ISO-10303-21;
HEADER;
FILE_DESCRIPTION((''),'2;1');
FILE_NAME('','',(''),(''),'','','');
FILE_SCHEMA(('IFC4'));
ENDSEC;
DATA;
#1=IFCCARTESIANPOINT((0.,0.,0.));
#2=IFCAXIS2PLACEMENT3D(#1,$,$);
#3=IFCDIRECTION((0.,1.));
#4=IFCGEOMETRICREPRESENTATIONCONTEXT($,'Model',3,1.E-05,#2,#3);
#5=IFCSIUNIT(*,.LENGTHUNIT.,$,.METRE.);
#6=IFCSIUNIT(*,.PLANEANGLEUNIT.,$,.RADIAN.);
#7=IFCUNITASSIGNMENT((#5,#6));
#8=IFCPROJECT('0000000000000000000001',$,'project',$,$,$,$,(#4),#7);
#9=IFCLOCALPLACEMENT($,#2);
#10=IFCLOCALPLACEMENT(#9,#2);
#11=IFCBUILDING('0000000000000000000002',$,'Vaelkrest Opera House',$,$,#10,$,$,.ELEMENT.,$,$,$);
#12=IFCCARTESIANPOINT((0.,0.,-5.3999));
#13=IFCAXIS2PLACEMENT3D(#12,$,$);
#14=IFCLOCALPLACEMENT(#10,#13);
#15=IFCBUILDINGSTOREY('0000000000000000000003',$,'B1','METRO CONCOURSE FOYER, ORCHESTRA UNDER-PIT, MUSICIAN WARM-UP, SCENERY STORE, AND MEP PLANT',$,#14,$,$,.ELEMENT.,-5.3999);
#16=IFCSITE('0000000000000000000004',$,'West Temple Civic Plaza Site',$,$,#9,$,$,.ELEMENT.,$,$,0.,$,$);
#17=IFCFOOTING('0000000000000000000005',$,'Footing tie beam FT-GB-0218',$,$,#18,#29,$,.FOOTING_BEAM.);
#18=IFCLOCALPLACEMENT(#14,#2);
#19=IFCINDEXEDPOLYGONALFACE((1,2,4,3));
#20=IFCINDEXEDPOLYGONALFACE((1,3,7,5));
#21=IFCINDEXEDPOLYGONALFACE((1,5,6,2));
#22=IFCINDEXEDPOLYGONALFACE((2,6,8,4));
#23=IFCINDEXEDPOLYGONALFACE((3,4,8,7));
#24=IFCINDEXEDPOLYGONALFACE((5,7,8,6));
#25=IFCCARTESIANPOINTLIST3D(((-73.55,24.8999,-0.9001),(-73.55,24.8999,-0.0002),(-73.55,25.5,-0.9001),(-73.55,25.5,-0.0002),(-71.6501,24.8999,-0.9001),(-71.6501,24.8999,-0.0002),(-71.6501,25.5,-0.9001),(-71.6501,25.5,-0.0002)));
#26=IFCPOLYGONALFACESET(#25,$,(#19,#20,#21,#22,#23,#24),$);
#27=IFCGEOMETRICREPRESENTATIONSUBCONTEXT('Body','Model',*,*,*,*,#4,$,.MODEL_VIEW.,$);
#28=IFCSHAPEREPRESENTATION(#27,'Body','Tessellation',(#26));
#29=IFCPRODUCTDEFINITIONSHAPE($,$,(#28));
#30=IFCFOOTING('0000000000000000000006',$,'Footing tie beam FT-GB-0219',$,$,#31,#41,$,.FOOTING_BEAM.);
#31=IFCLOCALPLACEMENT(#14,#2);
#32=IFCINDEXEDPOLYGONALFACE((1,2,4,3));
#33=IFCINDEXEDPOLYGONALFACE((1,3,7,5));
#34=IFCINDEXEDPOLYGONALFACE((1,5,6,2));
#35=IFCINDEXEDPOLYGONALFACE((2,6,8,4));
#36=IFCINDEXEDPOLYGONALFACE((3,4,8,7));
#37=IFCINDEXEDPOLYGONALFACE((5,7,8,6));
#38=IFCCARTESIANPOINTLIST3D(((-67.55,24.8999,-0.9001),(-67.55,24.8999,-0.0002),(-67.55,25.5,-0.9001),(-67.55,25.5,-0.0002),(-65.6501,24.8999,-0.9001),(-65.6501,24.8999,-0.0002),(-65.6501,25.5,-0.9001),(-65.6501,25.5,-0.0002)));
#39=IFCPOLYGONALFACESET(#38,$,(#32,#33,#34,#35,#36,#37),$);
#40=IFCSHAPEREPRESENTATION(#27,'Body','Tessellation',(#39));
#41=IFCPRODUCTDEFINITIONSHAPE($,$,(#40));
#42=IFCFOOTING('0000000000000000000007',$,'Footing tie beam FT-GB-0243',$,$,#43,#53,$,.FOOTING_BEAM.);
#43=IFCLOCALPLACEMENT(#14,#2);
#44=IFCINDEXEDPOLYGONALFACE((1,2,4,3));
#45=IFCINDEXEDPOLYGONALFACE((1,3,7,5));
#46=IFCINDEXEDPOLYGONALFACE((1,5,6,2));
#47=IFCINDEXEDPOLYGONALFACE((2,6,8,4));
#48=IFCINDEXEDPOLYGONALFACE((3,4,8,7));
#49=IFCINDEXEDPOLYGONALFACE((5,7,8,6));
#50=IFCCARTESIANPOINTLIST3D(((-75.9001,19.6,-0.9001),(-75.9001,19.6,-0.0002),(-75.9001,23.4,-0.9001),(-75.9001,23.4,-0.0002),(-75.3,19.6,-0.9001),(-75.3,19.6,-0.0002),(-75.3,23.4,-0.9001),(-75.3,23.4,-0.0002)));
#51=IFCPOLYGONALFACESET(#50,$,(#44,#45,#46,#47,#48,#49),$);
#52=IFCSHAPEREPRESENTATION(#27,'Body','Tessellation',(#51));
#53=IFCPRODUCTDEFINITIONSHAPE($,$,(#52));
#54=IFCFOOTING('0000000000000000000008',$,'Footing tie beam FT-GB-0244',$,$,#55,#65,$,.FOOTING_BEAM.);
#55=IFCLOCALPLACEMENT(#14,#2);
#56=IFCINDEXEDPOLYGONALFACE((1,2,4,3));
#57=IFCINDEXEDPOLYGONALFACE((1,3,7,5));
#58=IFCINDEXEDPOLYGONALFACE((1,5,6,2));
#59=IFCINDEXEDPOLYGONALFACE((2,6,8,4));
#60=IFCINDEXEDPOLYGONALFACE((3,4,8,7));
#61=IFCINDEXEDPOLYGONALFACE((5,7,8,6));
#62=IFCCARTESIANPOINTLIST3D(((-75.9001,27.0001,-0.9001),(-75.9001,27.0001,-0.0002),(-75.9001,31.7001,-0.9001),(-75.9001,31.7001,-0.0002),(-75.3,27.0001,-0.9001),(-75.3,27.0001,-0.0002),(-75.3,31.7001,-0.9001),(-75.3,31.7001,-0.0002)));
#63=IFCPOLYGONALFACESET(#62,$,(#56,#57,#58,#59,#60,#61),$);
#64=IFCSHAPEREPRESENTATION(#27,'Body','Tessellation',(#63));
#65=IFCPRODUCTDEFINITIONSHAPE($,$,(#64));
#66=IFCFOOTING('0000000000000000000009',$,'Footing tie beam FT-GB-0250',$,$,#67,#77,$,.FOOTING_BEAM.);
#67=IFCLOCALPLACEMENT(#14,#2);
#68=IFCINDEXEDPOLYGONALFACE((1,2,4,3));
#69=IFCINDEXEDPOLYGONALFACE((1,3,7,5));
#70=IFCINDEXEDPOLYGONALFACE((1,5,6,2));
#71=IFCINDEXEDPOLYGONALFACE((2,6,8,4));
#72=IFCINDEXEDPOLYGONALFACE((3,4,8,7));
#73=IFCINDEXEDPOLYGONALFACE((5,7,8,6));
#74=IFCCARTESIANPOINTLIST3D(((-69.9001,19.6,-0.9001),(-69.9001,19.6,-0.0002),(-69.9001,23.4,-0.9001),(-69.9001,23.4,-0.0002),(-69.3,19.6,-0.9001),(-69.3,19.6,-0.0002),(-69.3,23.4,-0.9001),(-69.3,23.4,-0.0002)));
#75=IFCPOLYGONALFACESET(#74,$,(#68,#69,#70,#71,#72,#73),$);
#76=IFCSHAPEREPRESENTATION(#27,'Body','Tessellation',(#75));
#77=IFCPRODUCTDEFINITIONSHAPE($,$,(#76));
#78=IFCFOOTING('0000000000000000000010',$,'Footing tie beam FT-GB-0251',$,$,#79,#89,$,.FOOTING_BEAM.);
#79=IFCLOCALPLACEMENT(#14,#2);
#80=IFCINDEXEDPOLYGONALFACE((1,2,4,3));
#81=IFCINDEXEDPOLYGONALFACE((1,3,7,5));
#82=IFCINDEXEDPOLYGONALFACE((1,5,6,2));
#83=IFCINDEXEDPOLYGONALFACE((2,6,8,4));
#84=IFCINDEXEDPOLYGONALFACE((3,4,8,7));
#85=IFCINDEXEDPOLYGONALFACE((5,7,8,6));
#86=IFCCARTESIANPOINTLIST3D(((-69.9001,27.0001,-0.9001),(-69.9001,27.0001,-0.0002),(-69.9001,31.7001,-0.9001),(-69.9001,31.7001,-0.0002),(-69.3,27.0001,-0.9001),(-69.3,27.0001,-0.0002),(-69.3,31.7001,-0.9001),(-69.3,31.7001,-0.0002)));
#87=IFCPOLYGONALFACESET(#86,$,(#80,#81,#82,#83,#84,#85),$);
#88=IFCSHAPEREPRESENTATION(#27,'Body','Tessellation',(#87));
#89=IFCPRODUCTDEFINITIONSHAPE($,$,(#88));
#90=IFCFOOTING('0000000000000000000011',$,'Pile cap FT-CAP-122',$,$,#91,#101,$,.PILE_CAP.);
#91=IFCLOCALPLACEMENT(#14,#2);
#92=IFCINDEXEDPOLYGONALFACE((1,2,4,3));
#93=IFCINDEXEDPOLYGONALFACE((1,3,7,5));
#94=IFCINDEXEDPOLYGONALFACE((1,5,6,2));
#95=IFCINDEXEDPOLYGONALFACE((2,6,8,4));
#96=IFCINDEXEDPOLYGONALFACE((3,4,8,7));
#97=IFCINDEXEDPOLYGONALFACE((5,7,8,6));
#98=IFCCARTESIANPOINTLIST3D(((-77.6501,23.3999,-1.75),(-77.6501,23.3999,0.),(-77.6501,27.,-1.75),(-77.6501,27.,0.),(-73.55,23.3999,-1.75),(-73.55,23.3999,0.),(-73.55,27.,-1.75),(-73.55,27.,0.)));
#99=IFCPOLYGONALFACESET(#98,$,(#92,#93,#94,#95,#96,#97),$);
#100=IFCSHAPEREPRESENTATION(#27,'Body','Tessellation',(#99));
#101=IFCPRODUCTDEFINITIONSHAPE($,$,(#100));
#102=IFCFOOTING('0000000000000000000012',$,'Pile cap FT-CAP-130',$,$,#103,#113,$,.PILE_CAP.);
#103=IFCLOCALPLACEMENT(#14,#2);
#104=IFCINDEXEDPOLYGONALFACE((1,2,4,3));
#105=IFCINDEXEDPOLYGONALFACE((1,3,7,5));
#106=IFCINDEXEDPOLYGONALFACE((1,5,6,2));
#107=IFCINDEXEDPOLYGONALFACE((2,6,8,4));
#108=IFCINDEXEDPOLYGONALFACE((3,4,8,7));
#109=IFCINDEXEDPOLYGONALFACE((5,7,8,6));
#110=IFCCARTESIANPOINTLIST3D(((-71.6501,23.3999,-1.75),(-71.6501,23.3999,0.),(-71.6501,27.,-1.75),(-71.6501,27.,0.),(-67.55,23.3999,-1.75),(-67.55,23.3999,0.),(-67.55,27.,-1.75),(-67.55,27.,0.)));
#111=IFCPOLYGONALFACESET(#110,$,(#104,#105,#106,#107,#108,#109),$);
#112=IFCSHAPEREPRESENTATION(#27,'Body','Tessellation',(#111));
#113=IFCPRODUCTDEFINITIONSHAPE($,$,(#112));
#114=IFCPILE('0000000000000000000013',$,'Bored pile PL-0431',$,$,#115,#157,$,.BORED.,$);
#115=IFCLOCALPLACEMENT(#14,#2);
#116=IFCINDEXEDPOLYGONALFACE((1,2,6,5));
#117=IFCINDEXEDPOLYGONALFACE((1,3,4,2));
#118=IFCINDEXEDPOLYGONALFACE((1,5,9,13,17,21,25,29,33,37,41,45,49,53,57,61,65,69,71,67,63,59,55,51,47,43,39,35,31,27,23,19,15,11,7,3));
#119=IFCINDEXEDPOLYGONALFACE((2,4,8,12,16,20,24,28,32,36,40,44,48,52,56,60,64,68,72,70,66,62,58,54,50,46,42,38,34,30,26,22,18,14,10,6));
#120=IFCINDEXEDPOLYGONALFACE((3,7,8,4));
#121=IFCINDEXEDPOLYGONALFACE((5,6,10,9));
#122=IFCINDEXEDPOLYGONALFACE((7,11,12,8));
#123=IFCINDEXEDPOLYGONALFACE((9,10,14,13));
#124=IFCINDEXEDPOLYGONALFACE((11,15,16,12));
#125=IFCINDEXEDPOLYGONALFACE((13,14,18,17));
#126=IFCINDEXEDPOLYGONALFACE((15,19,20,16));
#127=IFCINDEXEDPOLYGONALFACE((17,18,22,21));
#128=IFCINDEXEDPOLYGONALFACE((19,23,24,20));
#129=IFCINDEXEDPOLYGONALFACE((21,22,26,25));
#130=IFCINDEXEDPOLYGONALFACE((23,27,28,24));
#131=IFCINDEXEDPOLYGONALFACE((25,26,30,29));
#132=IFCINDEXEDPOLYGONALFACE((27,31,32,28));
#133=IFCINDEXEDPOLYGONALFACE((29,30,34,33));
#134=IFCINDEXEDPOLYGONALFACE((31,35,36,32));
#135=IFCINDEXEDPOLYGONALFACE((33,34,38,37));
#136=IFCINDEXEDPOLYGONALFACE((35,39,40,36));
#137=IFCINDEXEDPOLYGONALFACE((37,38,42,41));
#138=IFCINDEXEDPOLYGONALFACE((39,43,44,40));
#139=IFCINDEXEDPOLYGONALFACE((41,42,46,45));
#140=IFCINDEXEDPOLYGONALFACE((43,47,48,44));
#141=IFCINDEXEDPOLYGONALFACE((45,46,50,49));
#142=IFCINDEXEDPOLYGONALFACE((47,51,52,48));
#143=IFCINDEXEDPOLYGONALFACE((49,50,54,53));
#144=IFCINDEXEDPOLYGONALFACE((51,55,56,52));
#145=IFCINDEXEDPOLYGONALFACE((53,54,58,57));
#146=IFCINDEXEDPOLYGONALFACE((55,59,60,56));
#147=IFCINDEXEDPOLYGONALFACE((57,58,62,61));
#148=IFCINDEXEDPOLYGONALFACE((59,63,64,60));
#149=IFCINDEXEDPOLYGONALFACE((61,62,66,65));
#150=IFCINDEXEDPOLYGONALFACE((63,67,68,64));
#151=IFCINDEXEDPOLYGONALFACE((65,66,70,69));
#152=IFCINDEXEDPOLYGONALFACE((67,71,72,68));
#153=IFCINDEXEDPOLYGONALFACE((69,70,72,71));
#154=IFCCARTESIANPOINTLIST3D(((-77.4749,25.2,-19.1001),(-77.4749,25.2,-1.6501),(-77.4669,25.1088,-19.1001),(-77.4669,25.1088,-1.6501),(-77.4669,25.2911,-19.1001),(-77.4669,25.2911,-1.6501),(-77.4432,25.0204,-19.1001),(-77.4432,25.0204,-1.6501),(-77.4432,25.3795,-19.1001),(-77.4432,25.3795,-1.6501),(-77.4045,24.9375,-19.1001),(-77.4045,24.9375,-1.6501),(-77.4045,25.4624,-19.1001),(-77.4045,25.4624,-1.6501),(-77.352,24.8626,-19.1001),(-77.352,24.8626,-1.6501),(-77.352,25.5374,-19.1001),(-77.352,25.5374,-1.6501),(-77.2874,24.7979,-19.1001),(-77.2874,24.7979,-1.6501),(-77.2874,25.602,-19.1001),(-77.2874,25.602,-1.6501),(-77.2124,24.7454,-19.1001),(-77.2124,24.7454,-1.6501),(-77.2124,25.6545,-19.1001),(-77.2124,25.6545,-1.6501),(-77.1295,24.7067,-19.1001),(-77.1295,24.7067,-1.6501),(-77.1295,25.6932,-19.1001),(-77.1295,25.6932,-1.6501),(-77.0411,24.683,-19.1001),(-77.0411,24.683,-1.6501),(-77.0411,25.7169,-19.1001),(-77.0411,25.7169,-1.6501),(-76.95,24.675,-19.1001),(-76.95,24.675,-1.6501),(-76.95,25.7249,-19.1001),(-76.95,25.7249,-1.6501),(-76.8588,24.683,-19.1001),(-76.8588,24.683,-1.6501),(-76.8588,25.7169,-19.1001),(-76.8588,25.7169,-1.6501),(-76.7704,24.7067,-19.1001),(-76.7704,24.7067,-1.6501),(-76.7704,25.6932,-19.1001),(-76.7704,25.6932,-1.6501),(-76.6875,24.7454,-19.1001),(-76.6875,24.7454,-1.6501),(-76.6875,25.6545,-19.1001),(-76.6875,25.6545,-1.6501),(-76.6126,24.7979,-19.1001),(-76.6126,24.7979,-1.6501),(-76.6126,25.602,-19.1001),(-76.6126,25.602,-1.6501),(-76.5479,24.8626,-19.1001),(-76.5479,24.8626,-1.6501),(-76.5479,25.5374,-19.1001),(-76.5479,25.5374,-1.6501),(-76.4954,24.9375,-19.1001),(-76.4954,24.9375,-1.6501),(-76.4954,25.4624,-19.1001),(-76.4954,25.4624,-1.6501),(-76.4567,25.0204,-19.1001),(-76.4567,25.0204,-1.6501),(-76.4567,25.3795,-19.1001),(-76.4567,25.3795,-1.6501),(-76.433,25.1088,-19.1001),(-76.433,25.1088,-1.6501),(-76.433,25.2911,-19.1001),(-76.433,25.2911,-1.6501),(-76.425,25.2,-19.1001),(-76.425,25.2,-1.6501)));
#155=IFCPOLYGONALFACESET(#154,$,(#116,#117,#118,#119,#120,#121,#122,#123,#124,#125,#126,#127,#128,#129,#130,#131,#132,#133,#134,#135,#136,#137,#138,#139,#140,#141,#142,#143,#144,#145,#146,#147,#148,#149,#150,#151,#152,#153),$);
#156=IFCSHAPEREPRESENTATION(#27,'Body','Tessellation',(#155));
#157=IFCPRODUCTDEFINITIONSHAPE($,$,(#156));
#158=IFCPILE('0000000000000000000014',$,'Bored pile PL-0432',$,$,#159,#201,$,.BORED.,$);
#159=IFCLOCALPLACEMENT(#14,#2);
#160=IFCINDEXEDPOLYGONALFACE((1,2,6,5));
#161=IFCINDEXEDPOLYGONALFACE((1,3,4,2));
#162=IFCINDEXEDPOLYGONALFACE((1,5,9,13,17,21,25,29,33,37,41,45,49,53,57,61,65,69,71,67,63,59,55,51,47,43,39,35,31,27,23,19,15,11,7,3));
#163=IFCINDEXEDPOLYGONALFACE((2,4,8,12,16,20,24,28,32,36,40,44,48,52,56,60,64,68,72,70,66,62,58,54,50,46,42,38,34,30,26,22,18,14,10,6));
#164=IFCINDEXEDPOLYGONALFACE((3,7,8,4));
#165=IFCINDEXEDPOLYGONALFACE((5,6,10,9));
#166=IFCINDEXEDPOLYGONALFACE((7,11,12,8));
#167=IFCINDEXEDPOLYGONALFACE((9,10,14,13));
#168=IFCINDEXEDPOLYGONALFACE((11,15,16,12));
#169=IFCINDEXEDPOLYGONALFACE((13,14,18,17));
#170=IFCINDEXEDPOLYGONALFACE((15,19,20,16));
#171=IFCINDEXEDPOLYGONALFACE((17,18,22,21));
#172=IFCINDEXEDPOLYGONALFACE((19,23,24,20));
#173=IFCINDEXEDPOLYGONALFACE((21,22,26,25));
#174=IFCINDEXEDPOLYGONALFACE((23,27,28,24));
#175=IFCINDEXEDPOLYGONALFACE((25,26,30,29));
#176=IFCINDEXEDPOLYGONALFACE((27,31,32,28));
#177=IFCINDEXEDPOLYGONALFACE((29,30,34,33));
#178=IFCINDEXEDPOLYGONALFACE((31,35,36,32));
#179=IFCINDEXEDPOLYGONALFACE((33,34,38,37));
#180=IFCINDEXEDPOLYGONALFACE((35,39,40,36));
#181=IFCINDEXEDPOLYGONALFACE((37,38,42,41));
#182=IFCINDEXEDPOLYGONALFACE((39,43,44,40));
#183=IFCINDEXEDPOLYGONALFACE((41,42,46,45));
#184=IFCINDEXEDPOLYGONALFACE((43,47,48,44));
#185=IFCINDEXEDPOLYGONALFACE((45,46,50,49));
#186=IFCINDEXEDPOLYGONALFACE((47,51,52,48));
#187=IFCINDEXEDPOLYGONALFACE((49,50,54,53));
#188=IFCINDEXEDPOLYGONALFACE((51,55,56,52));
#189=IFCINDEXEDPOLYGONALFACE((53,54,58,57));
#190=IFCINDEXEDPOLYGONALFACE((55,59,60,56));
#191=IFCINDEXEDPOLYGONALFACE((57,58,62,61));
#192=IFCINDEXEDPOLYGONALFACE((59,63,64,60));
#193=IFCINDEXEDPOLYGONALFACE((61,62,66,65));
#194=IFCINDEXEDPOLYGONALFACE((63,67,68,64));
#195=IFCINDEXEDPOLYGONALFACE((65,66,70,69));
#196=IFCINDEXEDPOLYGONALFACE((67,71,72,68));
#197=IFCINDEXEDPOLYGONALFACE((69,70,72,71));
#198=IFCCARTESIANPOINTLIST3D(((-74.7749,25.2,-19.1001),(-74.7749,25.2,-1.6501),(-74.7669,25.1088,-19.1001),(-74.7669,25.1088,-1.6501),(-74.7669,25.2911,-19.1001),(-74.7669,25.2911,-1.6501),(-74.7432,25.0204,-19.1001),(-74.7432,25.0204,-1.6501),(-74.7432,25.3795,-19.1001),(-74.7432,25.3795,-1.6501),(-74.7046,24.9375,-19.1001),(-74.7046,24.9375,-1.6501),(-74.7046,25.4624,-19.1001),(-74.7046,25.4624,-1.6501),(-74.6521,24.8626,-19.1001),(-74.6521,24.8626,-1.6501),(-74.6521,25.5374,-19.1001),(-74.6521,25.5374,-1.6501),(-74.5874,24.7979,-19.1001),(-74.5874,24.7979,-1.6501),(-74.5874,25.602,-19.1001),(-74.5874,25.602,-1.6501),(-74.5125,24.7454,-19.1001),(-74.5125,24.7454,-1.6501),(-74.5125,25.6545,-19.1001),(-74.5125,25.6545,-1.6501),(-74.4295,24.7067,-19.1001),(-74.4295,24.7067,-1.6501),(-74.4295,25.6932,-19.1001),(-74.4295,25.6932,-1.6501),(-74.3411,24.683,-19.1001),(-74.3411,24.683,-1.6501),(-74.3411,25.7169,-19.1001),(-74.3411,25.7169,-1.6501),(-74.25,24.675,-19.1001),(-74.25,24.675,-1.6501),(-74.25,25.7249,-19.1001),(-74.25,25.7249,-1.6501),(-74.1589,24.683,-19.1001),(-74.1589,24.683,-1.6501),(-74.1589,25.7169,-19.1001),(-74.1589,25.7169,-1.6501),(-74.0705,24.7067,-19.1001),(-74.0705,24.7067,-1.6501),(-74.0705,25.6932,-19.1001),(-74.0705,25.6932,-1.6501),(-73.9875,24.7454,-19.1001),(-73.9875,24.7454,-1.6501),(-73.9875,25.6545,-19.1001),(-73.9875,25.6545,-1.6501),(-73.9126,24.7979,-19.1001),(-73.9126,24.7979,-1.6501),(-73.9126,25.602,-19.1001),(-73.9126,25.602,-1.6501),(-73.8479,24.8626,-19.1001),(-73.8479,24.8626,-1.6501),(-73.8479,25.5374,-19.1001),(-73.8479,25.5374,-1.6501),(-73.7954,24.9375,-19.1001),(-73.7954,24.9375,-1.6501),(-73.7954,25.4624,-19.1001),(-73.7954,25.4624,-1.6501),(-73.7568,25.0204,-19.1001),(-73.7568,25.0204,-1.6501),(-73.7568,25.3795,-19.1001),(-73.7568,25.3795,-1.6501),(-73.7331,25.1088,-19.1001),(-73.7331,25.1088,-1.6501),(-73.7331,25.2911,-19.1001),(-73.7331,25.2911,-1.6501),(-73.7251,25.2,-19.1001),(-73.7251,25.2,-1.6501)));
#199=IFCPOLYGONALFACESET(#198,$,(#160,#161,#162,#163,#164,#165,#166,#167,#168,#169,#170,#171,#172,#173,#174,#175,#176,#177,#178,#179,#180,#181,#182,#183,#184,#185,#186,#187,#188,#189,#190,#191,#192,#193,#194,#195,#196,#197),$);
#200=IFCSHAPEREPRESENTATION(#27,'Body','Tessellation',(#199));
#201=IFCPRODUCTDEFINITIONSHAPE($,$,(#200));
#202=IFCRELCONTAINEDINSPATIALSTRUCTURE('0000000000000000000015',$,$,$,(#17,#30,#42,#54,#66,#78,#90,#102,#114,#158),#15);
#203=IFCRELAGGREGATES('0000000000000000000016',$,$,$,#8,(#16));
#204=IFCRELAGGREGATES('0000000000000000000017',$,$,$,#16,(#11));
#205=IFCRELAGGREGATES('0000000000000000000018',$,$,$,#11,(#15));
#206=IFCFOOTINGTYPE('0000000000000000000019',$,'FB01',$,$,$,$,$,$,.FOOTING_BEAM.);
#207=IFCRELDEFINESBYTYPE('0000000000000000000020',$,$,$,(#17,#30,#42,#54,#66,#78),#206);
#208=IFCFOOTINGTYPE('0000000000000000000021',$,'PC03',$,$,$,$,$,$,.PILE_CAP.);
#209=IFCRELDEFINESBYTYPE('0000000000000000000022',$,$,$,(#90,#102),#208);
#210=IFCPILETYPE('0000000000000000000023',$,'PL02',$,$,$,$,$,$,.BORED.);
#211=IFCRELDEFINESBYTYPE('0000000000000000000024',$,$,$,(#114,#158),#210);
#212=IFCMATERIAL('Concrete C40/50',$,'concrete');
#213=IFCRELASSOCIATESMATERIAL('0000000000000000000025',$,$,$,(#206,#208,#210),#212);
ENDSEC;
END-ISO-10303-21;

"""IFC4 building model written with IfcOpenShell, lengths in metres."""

from ifc_helpers import new_model, si_unit, direction, frame, origin, origin_2d, place, context, subcontext, project, spatial, rectangle, circle, extrude, material, material_profile, profile_set, type_object, element, save


model = new_model("IFC4")

# Units and contexts
model_context = context("Model", 3, precision=1e-05, world=origin(), true_north=direction((0.0, 1.0)))
body_context = subcontext(model_context, "Body", "Model", "MODEL_VIEW")
ifc_project = project(units=[si_unit("LENGTHUNIT", "METRE"), si_unit("PLANEANGLEUNIT", "RADIAN")], contexts=[model_context])

# Site, building, storey
site_placement = place(None, origin())
site = spatial("IfcSite", under=ifc_project, at=site_placement, Name="West Temple Civic Plaza Site", CompositionType="ELEMENT", RefElevation=0.0)
building_placement = place(site_placement, origin())
building = spatial("IfcBuilding", under=site, at=building_placement, Name="Vaelkrest Opera House", CompositionType="ELEMENT")
storey_placement = place(building_placement, frame((0.0, 0.0, -5.3999)))
storey = spatial("IfcBuildingStorey", under=building, at=storey_placement, Name="B1", Description="METRO CONCOURSE FOYER, ORCHESTRA UNDER-PIT, MUSICIAN WARM-UP, SCENERY STORE, AND MEP PLANT", CompositionType="ELEMENT", Elevation=-5.3999)

# Footings
ifc_material_1 = material(Name="Concrete C40/50", Category="concrete")
footing_type_1 = type_object("IfcFootingType", Name="FB01", PredefinedType="FOOTING_BEAM", material=ifc_material_1)
for number, where, z_axis, x_axis, name in (
    (1, (-72.6001, 25.2, -0.9001), (0.0, 0.0, 1.0), (1.0, 0.0, 0.0), "Footing tie beam FT-GB-0218"),
    (2, (-66.6001, 25.2, -0.9001), (0.0, 0.0, 1.0), (1.0, 0.0, 0.0), "Footing tie beam FT-GB-0219"),
):
    element("IfcFooting", number, at=place(storey_placement, frame(where, z_axis=z_axis, x_axis=x_axis)), inside=storey, type_object=footing_type_1, Name=name, PredefinedType="FOOTING_BEAM", context=body_context, shape_type="SweptSolid", body=[
        extrude(rectangle(XDim=1.8999, YDim=0.6001, at=origin_2d()), origin(), (0.0, 0.0, 1.0), 0.8999),
    ])
footing_1_placement = place(storey_placement, frame((-75.6001, 21.5, -0.9001), z_axis=(0.0, 0.0, 1.0), x_axis=(0.0, 1.0, 0.0)))
element("IfcFooting", 3, at=footing_1_placement, inside=storey, type_object=footing_type_1, Name="Footing tie beam FT-GB-0243", PredefinedType="FOOTING_BEAM", context=body_context, shape_type="SweptSolid", body=[
    extrude(rectangle(XDim=3.8, YDim=0.6001, at=origin_2d()), origin(), (0.0, 0.0, 1.0), 0.8999),
])
footing_2_placement = place(storey_placement, frame((-75.6001, 29.3501, -0.9001), z_axis=(0.0, 0.0, 1.0), x_axis=(0.0, 1.0, 0.0)))
element("IfcFooting", 4, at=footing_2_placement, inside=storey, type_object=footing_type_1, Name="Footing tie beam FT-GB-0244", PredefinedType="FOOTING_BEAM", context=body_context, shape_type="SweptSolid", body=[
    extrude(rectangle(XDim=4.7, YDim=0.6001, at=origin_2d()), origin(), (0.0, 0.0, 1.0), 0.8999),
])
footing_3_placement = place(storey_placement, frame((-69.6001, 21.5, -0.9001), z_axis=(0.0, 0.0, 1.0), x_axis=(0.0, 1.0, 0.0)))
element("IfcFooting", 5, at=footing_3_placement, inside=storey, type_object=footing_type_1, Name="Footing tie beam FT-GB-0250", PredefinedType="FOOTING_BEAM", context=body_context, shape_type="SweptSolid", body=[
    extrude(rectangle(XDim=3.8, YDim=0.6001, at=origin_2d()), origin(), (0.0, 0.0, 1.0), 0.8999),
])
footing_4_placement = place(storey_placement, frame((-69.6001, 29.3501, -0.9001), z_axis=(0.0, 0.0, 1.0), x_axis=(0.0, 1.0, 0.0)))
element("IfcFooting", 6, at=footing_4_placement, inside=storey, type_object=footing_type_1, Name="Footing tie beam FT-GB-0251", PredefinedType="FOOTING_BEAM", context=body_context, shape_type="SweptSolid", body=[
    extrude(rectangle(XDim=4.7, YDim=0.6001, at=origin_2d()), origin(), (0.0, 0.0, 1.0), 0.8999),
])
footing_type_2 = type_object("IfcFootingType", Name="PC03", PredefinedType="PILE_CAP", material=ifc_material_1)
for number, where, z_axis, x_axis, name in (
    (7, (-75.6001, 25.2, -1.75), (0.0, 0.0, 1.0), (1.0, 0.0, 0.0), "Pile cap FT-CAP-122"),
    (8, (-69.6001, 25.2, -1.75), (0.0, 0.0, 1.0), (1.0, 0.0, 0.0), "Pile cap FT-CAP-130"),
):
    element("IfcFooting", number, at=place(storey_placement, frame(where, z_axis=z_axis, x_axis=x_axis)), inside=storey, type_object=footing_type_2, Name=name, PredefinedType="PILE_CAP", context=body_context, shape_type="SweptSolid", body=[
        extrude(rectangle(XDim=4.1001, YDim=3.6001, at=origin_2d()), origin(), (0.0, 0.0, 1.0), 1.75),
    ])

# Piles
ifc_material_profile_1 = material_profile(ifc_material_1, circle(Radius=0.5249, at=origin_2d()), Name="PILE1050")
ifc_profile_set_1 = profile_set([ifc_material_profile_1], Name="Concrete C40/50")
pile_type = type_object("IfcPileType", Name="PL02", PredefinedType="BORED", material=ifc_profile_set_1)
for number, where, z_axis, x_axis, name in (
    (9, (-76.95, 25.2, -1.6501), (0.0, 0.0, -1.0), (1.0, 0.0, 0.0), "Bored pile PL-0431"),
    (10, (-74.25, 25.2, -1.6501), (0.0, 0.0, -1.0), (1.0, 0.0, 0.0), "Bored pile PL-0432"),
):
    element("IfcPile", number, at=place(storey_placement, frame(where, z_axis=z_axis, x_axis=x_axis)), inside=storey, type_object=pile_type, Name=name, PredefinedType="BORED", context=body_context, shape_type="SweptSolid", body=[
        extrude(circle(Radius=0.5249, at=origin_2d()), origin(), (0.0, 0.0, 1.0), 17.45),
    ])

save(model, "model.ifc")
